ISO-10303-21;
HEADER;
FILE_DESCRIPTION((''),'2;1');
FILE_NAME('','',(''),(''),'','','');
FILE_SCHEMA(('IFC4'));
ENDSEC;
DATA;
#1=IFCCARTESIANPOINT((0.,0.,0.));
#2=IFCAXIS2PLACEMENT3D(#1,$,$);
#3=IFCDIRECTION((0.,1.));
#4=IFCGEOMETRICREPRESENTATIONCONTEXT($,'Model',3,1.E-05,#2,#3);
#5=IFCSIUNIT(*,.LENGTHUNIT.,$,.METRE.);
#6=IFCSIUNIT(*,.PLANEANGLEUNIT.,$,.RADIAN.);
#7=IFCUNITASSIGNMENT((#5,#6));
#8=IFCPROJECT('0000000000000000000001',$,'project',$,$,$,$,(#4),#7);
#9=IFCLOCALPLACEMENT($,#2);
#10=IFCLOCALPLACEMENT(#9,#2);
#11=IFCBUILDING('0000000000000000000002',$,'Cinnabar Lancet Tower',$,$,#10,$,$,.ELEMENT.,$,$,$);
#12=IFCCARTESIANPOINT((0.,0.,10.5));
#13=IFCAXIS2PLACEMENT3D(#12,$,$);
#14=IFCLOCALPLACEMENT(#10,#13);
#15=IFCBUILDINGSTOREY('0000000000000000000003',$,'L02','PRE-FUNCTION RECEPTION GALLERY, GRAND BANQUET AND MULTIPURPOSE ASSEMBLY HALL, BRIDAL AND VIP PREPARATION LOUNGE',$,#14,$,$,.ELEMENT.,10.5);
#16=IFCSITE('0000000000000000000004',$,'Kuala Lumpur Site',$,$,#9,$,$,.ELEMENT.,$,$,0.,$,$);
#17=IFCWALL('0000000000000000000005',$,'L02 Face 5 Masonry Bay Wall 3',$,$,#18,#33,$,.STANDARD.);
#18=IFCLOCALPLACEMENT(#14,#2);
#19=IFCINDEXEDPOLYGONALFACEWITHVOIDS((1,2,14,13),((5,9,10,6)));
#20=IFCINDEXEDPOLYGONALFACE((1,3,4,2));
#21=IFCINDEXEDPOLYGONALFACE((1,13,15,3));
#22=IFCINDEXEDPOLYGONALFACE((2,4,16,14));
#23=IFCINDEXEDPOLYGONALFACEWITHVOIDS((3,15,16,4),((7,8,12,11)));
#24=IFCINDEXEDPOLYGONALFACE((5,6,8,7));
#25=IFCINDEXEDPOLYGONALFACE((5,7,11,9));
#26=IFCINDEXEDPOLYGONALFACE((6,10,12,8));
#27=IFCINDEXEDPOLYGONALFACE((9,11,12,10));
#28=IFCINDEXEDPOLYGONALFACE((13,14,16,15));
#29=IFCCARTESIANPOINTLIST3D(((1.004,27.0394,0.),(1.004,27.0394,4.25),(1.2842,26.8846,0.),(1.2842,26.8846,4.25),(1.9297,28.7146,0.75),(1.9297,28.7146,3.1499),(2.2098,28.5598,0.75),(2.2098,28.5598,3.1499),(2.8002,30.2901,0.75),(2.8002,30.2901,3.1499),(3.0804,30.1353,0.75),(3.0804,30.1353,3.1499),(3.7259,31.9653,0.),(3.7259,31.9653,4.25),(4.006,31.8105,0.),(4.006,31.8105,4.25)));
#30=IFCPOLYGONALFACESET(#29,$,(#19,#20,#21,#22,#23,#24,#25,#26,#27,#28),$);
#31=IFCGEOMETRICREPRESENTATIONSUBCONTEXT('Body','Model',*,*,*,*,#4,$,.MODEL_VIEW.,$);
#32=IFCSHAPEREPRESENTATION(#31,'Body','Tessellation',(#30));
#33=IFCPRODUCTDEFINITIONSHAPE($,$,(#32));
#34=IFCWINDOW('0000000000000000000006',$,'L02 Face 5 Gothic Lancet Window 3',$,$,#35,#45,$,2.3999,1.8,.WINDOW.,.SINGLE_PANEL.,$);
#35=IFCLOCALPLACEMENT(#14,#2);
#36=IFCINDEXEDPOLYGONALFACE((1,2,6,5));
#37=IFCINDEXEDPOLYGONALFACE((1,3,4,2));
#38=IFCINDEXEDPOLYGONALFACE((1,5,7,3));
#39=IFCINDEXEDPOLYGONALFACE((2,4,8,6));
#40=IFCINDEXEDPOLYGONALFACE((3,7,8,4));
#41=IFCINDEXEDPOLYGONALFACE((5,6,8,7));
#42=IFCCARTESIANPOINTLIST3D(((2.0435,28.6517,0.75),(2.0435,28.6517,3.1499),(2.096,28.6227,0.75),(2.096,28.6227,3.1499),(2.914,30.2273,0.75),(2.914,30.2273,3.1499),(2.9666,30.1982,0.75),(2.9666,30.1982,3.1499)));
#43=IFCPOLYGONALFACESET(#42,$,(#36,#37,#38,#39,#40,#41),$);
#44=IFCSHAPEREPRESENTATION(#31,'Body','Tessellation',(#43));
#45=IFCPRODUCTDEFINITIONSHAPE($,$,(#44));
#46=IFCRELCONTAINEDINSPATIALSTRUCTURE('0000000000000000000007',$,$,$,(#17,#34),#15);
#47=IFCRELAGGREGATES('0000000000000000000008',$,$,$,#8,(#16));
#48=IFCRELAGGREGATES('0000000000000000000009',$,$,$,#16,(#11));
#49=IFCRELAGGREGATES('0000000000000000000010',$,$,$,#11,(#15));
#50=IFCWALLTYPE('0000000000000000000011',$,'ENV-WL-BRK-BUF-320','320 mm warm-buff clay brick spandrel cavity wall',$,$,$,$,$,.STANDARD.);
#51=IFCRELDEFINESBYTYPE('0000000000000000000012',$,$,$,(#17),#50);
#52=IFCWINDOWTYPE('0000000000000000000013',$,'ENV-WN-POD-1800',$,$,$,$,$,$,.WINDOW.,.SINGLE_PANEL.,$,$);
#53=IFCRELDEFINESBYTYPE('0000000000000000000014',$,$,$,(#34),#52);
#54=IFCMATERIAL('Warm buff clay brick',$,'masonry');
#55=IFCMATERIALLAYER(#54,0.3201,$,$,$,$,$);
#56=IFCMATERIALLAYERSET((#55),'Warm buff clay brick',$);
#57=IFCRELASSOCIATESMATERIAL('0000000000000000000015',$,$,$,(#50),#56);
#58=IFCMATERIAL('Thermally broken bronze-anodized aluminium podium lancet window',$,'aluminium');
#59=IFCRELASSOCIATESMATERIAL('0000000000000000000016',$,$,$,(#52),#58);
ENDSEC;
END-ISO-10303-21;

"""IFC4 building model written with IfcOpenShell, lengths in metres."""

from ifc_helpers import new_model, si_unit, direction, frame, frame_2d, origin, place, context, subcontext, project, spatial, rectangle, extrude, material, layer, layer_set, type_object, element, fill, save


model = new_model("IFC4")

# Units and contexts
model_context = context("Model", 3, precision=1e-05, world=origin(), true_north=direction((0.0, 1.0)))
body_context = subcontext(model_context, "Body", "Model", "MODEL_VIEW")
ifc_project = project(units=[si_unit("LENGTHUNIT", "METRE"), si_unit("PLANEANGLEUNIT", "RADIAN")], contexts=[model_context])

# Site, building, storey
site_placement = place(None, origin())
site = spatial("IfcSite", under=ifc_project, at=site_placement, Name="Kuala Lumpur Site", CompositionType="ELEMENT", RefElevation=0.0)
building_placement = place(site_placement, origin())
building = spatial("IfcBuilding", under=site, at=building_placement, Name="Cinnabar Lancet Tower", CompositionType="ELEMENT")
storey_placement = place(building_placement, frame((0.0, 0.0, 10.5)))
storey = spatial("IfcBuildingStorey", under=building, at=storey_placement, Name="L02", Description="PRE-FUNCTION RECEPTION GALLERY, GRAND BANQUET AND MULTIPURPOSE ASSEMBLY HALL, BRIDAL AND VIP PREPARATION LOUNGE", CompositionType="ELEMENT", Elevation=10.5)

# Wall, opening, window
ifc_material_1 = material(Name="Warm buff clay brick", Category="masonry")
ifc_layer_1 = layer(ifc_material_1, 0.3201)
ifc_layer_set_1 = layer_set([ifc_layer_1], Name="Warm buff clay brick")
wall_type_1 = type_object("IfcWallType", Name="ENV-WL-BRK-BUF-320", Description="320 mm warm-buff clay brick spandrel cavity wall", PredefinedType="STANDARD", material=ifc_layer_set_1)
wall_1_placement = place(storey_placement, frame((3.866, 31.8879, 0.0), z_axis=(0.0, 0.0, 1.0), x_axis=(-0.483638, -0.875268, 0.0)))
wall_1 = element("IfcWall", 1, at=wall_1_placement, inside=storey, type_object=wall_type_1, Name="L02 Face 5 Masonry Bay Wall 3", PredefinedType="STANDARD", context=body_context, shape_type="SweptSolid", body=[
    extrude(rectangle(XDim=5.6279, YDim=0.3201, at=frame_2d((2.814, 0.0))), origin(), (0.0, 0.0, 1.0), 4.25),
])
opening_1_placement = place(wall_1_placement, frame((1.9141, 0.0, 0.75)))
opening_1 = element("IfcOpeningElement", 2, at=opening_1_placement, cuts=wall_1, PredefinedType="OPENING", context=body_context, shape_type="SweptSolid", body=[
    extrude(rectangle(XDim=1.8, YDim=2.3999, at=frame_2d((0.8999, 1.2))), frame((0.0, 0.1699, 0.0), z_axis=(0.0, -1.0, 0.0), x_axis=(1.0, 0.0, 0.0)), (0.0, 0.0, 1.0), 0.3401),
])
ifc_material_2 = material(Name="Thermally broken bronze-anodized aluminium podium lancet window", Category="aluminium")
window_type = type_object("IfcWindowType", Name="ENV-WN-POD-1800", PartitioningType="SINGLE_PANEL", PredefinedType="WINDOW", material=ifc_material_2)
window_placement = place(opening_1_placement, origin())
window = element("IfcWindow", 3, at=window_placement, inside=storey, type_object=window_type, Name="L02 Face 5 Gothic Lancet Window 3", OverallHeight=2.3999, OverallWidth=1.8, PartitioningType="SINGLE_PANEL", PredefinedType="WINDOW", context=body_context, shape_type="SweptSolid", body=[
    extrude(rectangle(XDim=1.8, YDim=2.3999, at=frame_2d((0.8999, 1.2))), frame((0.0, 0.03, 0.0), z_axis=(0.0, -1.0, 0.0), x_axis=(1.0, 0.0, 0.0)), (0.0, 0.0, 1.0), 0.0601),
])
fill(opening_1, window)

save(model, "model.ifc")
